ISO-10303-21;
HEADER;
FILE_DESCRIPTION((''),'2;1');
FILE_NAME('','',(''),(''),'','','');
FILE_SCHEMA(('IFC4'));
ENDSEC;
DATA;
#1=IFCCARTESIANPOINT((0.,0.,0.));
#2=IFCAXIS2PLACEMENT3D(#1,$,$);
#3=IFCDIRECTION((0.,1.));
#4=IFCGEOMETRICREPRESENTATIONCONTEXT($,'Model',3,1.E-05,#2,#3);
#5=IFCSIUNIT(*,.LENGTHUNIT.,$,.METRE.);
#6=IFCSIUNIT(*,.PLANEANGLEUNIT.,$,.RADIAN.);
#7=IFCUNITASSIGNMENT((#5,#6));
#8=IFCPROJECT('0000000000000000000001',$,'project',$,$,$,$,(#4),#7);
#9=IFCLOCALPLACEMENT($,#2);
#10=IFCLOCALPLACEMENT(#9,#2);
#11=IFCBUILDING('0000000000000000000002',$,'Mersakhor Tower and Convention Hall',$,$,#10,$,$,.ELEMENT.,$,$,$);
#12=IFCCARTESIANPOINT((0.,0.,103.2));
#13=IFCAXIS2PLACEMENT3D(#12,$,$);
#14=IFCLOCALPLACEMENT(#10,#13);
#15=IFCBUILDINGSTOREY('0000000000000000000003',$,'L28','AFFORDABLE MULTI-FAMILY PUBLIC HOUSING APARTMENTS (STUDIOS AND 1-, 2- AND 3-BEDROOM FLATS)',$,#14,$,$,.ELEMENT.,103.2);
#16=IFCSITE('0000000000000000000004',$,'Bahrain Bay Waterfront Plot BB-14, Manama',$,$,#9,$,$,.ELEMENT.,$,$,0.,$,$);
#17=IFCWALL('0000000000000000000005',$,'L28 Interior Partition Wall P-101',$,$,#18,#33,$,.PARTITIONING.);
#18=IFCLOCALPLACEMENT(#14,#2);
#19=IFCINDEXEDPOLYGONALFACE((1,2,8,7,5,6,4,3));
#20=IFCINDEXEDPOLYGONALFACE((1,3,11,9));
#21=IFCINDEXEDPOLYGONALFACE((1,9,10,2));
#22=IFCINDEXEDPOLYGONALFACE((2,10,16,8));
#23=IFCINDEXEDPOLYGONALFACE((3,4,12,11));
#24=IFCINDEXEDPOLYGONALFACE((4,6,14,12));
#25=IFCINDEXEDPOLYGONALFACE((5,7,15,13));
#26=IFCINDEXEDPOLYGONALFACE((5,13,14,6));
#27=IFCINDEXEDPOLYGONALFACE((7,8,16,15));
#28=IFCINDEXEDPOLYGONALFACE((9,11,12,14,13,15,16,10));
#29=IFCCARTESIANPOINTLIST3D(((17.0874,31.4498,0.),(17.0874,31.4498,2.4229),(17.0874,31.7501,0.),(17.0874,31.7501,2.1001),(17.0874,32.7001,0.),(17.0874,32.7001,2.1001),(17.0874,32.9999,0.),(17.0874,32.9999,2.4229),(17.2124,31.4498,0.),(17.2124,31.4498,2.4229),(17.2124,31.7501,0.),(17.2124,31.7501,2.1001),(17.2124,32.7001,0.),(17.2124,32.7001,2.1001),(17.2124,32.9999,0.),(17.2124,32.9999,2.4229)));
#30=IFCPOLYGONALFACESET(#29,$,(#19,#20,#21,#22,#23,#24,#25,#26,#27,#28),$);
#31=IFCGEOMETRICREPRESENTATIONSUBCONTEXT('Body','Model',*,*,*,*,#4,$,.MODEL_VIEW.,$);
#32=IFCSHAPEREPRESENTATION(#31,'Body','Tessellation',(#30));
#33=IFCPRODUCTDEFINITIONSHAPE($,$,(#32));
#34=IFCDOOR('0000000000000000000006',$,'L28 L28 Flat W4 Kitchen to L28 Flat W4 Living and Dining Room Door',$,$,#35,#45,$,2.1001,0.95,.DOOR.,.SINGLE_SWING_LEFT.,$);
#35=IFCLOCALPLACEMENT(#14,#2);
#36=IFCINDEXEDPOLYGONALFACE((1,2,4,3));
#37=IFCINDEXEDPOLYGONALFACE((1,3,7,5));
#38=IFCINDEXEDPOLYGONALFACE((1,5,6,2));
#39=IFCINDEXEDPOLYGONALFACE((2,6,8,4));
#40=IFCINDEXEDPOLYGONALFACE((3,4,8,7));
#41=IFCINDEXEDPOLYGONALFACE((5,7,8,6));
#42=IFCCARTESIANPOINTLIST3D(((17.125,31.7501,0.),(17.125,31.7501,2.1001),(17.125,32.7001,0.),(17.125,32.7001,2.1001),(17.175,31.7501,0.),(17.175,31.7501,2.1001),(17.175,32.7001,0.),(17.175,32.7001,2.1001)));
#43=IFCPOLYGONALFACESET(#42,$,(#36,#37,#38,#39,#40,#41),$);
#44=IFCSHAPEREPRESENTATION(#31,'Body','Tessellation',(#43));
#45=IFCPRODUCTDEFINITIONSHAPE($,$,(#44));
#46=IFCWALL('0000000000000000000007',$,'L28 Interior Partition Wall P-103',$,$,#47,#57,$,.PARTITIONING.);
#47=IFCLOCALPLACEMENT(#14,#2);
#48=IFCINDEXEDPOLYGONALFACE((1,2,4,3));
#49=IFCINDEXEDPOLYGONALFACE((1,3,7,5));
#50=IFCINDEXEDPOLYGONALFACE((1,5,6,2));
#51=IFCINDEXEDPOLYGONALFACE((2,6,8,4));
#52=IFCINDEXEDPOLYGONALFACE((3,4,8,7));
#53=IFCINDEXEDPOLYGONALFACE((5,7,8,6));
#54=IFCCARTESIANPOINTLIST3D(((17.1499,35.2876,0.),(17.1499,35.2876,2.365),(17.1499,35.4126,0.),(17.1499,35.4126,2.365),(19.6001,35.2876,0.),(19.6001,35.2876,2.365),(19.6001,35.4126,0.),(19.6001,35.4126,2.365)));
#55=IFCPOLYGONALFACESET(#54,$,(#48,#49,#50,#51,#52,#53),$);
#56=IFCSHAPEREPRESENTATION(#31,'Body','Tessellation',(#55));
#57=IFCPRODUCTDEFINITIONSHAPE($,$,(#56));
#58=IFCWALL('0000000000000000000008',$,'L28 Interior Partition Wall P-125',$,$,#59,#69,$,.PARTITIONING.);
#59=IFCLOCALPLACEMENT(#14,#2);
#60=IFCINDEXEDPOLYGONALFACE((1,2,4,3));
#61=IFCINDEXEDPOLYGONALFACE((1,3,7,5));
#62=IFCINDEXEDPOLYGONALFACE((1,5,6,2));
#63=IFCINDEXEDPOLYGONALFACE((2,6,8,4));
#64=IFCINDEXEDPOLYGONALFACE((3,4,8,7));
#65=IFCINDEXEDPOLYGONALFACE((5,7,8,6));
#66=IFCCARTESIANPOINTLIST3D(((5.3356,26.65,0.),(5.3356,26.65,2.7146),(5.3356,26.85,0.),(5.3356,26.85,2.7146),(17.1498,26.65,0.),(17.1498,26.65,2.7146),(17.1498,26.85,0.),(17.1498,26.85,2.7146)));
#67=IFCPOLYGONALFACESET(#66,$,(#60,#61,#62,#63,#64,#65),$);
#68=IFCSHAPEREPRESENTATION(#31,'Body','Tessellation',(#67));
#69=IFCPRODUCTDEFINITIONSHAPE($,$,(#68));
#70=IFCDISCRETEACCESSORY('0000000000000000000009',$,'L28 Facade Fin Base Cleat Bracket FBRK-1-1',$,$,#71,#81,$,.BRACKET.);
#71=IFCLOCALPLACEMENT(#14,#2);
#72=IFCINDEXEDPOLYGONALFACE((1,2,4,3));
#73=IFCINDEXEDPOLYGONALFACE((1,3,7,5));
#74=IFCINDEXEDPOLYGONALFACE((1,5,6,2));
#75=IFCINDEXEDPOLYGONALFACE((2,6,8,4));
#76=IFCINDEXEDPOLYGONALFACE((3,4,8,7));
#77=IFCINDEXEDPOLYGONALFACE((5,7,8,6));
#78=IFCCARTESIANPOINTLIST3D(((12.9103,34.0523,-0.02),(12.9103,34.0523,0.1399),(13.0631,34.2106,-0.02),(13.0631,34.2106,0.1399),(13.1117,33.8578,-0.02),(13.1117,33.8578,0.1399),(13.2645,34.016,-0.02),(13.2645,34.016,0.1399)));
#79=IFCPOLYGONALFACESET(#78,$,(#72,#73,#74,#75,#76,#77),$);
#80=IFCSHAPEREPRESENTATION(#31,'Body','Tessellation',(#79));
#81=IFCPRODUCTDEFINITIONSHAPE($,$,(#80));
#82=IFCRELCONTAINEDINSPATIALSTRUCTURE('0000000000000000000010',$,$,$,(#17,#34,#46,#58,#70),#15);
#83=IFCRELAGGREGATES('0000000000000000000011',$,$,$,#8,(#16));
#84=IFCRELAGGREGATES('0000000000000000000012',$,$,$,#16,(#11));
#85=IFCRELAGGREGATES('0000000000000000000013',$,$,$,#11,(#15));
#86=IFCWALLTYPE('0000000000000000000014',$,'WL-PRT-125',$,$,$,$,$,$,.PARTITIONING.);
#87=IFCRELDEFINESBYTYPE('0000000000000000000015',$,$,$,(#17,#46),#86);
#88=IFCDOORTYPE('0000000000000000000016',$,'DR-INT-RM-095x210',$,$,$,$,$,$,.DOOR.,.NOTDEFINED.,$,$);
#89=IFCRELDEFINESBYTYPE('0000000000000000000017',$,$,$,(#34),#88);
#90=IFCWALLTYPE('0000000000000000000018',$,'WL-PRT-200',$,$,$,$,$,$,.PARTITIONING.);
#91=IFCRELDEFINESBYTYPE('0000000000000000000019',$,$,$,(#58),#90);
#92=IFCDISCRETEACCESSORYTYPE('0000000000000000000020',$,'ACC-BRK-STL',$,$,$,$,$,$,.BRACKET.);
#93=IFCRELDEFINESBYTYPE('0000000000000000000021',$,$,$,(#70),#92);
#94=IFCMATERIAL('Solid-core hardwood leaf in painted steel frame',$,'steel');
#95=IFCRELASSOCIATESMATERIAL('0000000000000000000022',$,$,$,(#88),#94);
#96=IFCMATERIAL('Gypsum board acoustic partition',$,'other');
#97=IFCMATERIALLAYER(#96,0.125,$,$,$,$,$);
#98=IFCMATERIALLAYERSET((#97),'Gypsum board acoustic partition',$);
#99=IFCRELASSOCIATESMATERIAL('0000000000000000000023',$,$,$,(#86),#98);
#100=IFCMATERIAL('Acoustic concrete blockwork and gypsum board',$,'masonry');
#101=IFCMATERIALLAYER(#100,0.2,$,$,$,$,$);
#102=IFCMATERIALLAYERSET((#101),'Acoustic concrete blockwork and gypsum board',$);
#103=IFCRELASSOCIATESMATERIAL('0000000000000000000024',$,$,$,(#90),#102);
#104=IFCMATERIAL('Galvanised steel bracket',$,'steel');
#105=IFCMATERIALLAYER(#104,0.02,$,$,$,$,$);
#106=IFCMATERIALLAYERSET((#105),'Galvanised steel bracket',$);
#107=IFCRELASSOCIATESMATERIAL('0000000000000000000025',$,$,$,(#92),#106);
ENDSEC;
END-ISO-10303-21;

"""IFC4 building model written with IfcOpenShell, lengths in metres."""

from ifc_helpers import new_model, si_unit, direction, frame, frame_2d, origin, origin_2d, place, context, subcontext, project, spatial, rectangle, extrude, material, layer, layer_set, type_object, element, fill, save


model = new_model("IFC4")

# Units and contexts
model_context = context("Model", 3, precision=1e-05, world=origin(), true_north=direction((0.0, 1.0)))
body_context = subcontext(model_context, "Body", "Model", "MODEL_VIEW")
ifc_project = project(units=[si_unit("LENGTHUNIT", "METRE"), si_unit("PLANEANGLEUNIT", "RADIAN")], contexts=[model_context])

# Site, building, storey
site_placement = place(None, origin())
site = spatial("IfcSite", under=ifc_project, at=site_placement, Name="Bahrain Bay Waterfront Plot BB-14, Manama", CompositionType="ELEMENT", RefElevation=0.0)
building_placement = place(site_placement, origin())
building = spatial("IfcBuilding", under=site, at=building_placement, Name="Mersakhor Tower and Convention Hall", CompositionType="ELEMENT")
storey_placement = place(building_placement, frame((0.0, 0.0, 103.2)))
storey = spatial("IfcBuildingStorey", under=building, at=storey_placement, Name="L28", Description="AFFORDABLE MULTI-FAMILY PUBLIC HOUSING APARTMENTS (STUDIOS AND 1-, 2- AND 3-BEDROOM FLATS)", CompositionType="ELEMENT", Elevation=103.2)

# Shared definitions
ifc_material_1 = material(Name="Solid-core hardwood leaf in painted steel frame", Category="steel")
door_type_1 = type_object("IfcDoorType", Name="DR-INT-RM-095x210", OperationType="NOTDEFINED", PredefinedType="DOOR", material=ifc_material_1)

# Wall, opening, door
ifc_material_2 = material(Name="Gypsum board acoustic partition", Category="other")
ifc_layer_1 = layer(ifc_material_2, 0.125)
ifc_layer_set_1 = layer_set([ifc_layer_1], Name="Gypsum board acoustic partition")
wall_type_1 = type_object("IfcWallType", Name="WL-PRT-125", PredefinedType="PARTITIONING", material=ifc_layer_set_1)
wall_1_placement = place(storey_placement, frame((17.1499, 31.45, 0.0), z_axis=(0.0, 0.0, 1.0), x_axis=(0.0, 1.0, 0.0)))
wall_1 = element("IfcWall", 1, at=wall_1_placement, inside=storey, type_object=wall_type_1, Name="L28 Interior Partition Wall P-101", PredefinedType="PARTITIONING", context=body_context, shape_type="SweptSolid", body=[
    extrude(rectangle(XDim=1.55, YDim=0.125, at=frame_2d((0.7749, 0.0))), origin(), (0.0, 0.0, 1.0), 2.4229),
])
opening_1_placement = place(wall_1_placement, frame((0.3, 0.0, 0.0)))
opening_1 = element("IfcOpeningElement", 2, at=opening_1_placement, cuts=wall_1, PredefinedType="OPENING", context=body_context, shape_type="SweptSolid", body=[
    extrude(rectangle(XDim=0.95, YDim=2.1001, at=frame_2d((0.4751, 1.05))), frame((0.0, 0.0725, 0.0), z_axis=(0.0, -1.0, 0.0), x_axis=(1.0, 0.0, 0.0)), (0.0, 0.0, 1.0), 0.145),
])
door_1_placement = place(opening_1_placement, origin())
door_1 = element("IfcDoor", 3, at=door_1_placement, inside=storey, type_object=door_type_1, Name="L28 L28 Flat W4 Kitchen to L28 Flat W4 Living and Dining Room Door", OperationType="SINGLE_SWING_LEFT", OverallHeight=2.1001, OverallWidth=0.95, PredefinedType="DOOR", context=body_context, shape_type="SweptSolid", body=[
    extrude(rectangle(XDim=0.95, YDim=2.1001, at=frame_2d((0.4751, 1.05))), frame((0.0, 0.0249, 0.0), z_axis=(0.0, -1.0, 0.0), x_axis=(1.0, 0.0, 0.0)), (0.0, 0.0, 1.0), 0.05),
])
fill(opening_1, door_1)

# Walls
wall_2_placement = place(storey_placement, frame((17.1499, 35.3501, 0.0), z_axis=(0.0, 0.0, 1.0), x_axis=(1.0, 0.0, 0.0)))
element("IfcWall", 4, at=wall_2_placement, inside=storey, type_object=wall_type_1, Name="L28 Interior Partition Wall P-103", PredefinedType="PARTITIONING", context=body_context, shape_type="SweptSolid", body=[
    extrude(rectangle(XDim=2.4502, YDim=0.125, at=frame_2d((1.2251, 0.0))), origin(), (0.0, 0.0, 1.0), 2.365),
])
ifc_material_3 = material(Name="Acoustic concrete blockwork and gypsum board", Category="masonry")
ifc_layer_2 = layer(ifc_material_3, 0.2)
ifc_layer_set_2 = layer_set([ifc_layer_2], Name="Acoustic concrete blockwork and gypsum board")
wall_type_2 = type_object("IfcWallType", Name="WL-PRT-200", PredefinedType="PARTITIONING", material=ifc_layer_set_2)
wall_3_placement = place(storey_placement, frame((17.1499, 26.75, 0.0), z_axis=(0.0, 0.0, 1.0), x_axis=(-1.0, 0.0, 0.0)))
element("IfcWall", 5, at=wall_3_placement, inside=storey, type_object=wall_type_2, Name="L28 Interior Partition Wall P-125", PredefinedType="PARTITIONING", context=body_context, shape_type="SweptSolid", body=[
    extrude(rectangle(XDim=11.8142, YDim=0.2, at=frame_2d((5.9072, 0.0))), origin(), (0.0, 0.0, 1.0), 2.7146),
])

# Discrete accessory
ifc_material_4 = material(Name="Galvanised steel bracket", Category="steel")
ifc_layer_3 = layer(ifc_material_4, 0.02)
ifc_layer_set_3 = layer_set([ifc_layer_3], Name="Galvanised steel bracket")
discrete_accessory_type = type_object("IfcDiscreteAccessoryType", Name="ACC-BRK-STL", PredefinedType="BRACKET", material=ifc_layer_set_3)
discrete_accessory_placement = place(storey_placement, frame((13.0874, 34.0342, -0.02), z_axis=(0.0, 0.0, 1.0), x_axis=(-0.71934, 0.694658, 0.0)))
element("IfcDiscreteAccessory", 6, at=discrete_accessory_placement, inside=storey, type_object=discrete_accessory_type, Name="L28 Facade Fin Base Cleat Bracket FBRK-1-1", PredefinedType="BRACKET", context=body_context, shape_type="SweptSolid", body=[
    extrude(rectangle(XDim=0.28, YDim=0.22, at=origin_2d()), origin(), (0.0, 0.0, 1.0), 0.1599),
])

save(model, "model.ifc")
